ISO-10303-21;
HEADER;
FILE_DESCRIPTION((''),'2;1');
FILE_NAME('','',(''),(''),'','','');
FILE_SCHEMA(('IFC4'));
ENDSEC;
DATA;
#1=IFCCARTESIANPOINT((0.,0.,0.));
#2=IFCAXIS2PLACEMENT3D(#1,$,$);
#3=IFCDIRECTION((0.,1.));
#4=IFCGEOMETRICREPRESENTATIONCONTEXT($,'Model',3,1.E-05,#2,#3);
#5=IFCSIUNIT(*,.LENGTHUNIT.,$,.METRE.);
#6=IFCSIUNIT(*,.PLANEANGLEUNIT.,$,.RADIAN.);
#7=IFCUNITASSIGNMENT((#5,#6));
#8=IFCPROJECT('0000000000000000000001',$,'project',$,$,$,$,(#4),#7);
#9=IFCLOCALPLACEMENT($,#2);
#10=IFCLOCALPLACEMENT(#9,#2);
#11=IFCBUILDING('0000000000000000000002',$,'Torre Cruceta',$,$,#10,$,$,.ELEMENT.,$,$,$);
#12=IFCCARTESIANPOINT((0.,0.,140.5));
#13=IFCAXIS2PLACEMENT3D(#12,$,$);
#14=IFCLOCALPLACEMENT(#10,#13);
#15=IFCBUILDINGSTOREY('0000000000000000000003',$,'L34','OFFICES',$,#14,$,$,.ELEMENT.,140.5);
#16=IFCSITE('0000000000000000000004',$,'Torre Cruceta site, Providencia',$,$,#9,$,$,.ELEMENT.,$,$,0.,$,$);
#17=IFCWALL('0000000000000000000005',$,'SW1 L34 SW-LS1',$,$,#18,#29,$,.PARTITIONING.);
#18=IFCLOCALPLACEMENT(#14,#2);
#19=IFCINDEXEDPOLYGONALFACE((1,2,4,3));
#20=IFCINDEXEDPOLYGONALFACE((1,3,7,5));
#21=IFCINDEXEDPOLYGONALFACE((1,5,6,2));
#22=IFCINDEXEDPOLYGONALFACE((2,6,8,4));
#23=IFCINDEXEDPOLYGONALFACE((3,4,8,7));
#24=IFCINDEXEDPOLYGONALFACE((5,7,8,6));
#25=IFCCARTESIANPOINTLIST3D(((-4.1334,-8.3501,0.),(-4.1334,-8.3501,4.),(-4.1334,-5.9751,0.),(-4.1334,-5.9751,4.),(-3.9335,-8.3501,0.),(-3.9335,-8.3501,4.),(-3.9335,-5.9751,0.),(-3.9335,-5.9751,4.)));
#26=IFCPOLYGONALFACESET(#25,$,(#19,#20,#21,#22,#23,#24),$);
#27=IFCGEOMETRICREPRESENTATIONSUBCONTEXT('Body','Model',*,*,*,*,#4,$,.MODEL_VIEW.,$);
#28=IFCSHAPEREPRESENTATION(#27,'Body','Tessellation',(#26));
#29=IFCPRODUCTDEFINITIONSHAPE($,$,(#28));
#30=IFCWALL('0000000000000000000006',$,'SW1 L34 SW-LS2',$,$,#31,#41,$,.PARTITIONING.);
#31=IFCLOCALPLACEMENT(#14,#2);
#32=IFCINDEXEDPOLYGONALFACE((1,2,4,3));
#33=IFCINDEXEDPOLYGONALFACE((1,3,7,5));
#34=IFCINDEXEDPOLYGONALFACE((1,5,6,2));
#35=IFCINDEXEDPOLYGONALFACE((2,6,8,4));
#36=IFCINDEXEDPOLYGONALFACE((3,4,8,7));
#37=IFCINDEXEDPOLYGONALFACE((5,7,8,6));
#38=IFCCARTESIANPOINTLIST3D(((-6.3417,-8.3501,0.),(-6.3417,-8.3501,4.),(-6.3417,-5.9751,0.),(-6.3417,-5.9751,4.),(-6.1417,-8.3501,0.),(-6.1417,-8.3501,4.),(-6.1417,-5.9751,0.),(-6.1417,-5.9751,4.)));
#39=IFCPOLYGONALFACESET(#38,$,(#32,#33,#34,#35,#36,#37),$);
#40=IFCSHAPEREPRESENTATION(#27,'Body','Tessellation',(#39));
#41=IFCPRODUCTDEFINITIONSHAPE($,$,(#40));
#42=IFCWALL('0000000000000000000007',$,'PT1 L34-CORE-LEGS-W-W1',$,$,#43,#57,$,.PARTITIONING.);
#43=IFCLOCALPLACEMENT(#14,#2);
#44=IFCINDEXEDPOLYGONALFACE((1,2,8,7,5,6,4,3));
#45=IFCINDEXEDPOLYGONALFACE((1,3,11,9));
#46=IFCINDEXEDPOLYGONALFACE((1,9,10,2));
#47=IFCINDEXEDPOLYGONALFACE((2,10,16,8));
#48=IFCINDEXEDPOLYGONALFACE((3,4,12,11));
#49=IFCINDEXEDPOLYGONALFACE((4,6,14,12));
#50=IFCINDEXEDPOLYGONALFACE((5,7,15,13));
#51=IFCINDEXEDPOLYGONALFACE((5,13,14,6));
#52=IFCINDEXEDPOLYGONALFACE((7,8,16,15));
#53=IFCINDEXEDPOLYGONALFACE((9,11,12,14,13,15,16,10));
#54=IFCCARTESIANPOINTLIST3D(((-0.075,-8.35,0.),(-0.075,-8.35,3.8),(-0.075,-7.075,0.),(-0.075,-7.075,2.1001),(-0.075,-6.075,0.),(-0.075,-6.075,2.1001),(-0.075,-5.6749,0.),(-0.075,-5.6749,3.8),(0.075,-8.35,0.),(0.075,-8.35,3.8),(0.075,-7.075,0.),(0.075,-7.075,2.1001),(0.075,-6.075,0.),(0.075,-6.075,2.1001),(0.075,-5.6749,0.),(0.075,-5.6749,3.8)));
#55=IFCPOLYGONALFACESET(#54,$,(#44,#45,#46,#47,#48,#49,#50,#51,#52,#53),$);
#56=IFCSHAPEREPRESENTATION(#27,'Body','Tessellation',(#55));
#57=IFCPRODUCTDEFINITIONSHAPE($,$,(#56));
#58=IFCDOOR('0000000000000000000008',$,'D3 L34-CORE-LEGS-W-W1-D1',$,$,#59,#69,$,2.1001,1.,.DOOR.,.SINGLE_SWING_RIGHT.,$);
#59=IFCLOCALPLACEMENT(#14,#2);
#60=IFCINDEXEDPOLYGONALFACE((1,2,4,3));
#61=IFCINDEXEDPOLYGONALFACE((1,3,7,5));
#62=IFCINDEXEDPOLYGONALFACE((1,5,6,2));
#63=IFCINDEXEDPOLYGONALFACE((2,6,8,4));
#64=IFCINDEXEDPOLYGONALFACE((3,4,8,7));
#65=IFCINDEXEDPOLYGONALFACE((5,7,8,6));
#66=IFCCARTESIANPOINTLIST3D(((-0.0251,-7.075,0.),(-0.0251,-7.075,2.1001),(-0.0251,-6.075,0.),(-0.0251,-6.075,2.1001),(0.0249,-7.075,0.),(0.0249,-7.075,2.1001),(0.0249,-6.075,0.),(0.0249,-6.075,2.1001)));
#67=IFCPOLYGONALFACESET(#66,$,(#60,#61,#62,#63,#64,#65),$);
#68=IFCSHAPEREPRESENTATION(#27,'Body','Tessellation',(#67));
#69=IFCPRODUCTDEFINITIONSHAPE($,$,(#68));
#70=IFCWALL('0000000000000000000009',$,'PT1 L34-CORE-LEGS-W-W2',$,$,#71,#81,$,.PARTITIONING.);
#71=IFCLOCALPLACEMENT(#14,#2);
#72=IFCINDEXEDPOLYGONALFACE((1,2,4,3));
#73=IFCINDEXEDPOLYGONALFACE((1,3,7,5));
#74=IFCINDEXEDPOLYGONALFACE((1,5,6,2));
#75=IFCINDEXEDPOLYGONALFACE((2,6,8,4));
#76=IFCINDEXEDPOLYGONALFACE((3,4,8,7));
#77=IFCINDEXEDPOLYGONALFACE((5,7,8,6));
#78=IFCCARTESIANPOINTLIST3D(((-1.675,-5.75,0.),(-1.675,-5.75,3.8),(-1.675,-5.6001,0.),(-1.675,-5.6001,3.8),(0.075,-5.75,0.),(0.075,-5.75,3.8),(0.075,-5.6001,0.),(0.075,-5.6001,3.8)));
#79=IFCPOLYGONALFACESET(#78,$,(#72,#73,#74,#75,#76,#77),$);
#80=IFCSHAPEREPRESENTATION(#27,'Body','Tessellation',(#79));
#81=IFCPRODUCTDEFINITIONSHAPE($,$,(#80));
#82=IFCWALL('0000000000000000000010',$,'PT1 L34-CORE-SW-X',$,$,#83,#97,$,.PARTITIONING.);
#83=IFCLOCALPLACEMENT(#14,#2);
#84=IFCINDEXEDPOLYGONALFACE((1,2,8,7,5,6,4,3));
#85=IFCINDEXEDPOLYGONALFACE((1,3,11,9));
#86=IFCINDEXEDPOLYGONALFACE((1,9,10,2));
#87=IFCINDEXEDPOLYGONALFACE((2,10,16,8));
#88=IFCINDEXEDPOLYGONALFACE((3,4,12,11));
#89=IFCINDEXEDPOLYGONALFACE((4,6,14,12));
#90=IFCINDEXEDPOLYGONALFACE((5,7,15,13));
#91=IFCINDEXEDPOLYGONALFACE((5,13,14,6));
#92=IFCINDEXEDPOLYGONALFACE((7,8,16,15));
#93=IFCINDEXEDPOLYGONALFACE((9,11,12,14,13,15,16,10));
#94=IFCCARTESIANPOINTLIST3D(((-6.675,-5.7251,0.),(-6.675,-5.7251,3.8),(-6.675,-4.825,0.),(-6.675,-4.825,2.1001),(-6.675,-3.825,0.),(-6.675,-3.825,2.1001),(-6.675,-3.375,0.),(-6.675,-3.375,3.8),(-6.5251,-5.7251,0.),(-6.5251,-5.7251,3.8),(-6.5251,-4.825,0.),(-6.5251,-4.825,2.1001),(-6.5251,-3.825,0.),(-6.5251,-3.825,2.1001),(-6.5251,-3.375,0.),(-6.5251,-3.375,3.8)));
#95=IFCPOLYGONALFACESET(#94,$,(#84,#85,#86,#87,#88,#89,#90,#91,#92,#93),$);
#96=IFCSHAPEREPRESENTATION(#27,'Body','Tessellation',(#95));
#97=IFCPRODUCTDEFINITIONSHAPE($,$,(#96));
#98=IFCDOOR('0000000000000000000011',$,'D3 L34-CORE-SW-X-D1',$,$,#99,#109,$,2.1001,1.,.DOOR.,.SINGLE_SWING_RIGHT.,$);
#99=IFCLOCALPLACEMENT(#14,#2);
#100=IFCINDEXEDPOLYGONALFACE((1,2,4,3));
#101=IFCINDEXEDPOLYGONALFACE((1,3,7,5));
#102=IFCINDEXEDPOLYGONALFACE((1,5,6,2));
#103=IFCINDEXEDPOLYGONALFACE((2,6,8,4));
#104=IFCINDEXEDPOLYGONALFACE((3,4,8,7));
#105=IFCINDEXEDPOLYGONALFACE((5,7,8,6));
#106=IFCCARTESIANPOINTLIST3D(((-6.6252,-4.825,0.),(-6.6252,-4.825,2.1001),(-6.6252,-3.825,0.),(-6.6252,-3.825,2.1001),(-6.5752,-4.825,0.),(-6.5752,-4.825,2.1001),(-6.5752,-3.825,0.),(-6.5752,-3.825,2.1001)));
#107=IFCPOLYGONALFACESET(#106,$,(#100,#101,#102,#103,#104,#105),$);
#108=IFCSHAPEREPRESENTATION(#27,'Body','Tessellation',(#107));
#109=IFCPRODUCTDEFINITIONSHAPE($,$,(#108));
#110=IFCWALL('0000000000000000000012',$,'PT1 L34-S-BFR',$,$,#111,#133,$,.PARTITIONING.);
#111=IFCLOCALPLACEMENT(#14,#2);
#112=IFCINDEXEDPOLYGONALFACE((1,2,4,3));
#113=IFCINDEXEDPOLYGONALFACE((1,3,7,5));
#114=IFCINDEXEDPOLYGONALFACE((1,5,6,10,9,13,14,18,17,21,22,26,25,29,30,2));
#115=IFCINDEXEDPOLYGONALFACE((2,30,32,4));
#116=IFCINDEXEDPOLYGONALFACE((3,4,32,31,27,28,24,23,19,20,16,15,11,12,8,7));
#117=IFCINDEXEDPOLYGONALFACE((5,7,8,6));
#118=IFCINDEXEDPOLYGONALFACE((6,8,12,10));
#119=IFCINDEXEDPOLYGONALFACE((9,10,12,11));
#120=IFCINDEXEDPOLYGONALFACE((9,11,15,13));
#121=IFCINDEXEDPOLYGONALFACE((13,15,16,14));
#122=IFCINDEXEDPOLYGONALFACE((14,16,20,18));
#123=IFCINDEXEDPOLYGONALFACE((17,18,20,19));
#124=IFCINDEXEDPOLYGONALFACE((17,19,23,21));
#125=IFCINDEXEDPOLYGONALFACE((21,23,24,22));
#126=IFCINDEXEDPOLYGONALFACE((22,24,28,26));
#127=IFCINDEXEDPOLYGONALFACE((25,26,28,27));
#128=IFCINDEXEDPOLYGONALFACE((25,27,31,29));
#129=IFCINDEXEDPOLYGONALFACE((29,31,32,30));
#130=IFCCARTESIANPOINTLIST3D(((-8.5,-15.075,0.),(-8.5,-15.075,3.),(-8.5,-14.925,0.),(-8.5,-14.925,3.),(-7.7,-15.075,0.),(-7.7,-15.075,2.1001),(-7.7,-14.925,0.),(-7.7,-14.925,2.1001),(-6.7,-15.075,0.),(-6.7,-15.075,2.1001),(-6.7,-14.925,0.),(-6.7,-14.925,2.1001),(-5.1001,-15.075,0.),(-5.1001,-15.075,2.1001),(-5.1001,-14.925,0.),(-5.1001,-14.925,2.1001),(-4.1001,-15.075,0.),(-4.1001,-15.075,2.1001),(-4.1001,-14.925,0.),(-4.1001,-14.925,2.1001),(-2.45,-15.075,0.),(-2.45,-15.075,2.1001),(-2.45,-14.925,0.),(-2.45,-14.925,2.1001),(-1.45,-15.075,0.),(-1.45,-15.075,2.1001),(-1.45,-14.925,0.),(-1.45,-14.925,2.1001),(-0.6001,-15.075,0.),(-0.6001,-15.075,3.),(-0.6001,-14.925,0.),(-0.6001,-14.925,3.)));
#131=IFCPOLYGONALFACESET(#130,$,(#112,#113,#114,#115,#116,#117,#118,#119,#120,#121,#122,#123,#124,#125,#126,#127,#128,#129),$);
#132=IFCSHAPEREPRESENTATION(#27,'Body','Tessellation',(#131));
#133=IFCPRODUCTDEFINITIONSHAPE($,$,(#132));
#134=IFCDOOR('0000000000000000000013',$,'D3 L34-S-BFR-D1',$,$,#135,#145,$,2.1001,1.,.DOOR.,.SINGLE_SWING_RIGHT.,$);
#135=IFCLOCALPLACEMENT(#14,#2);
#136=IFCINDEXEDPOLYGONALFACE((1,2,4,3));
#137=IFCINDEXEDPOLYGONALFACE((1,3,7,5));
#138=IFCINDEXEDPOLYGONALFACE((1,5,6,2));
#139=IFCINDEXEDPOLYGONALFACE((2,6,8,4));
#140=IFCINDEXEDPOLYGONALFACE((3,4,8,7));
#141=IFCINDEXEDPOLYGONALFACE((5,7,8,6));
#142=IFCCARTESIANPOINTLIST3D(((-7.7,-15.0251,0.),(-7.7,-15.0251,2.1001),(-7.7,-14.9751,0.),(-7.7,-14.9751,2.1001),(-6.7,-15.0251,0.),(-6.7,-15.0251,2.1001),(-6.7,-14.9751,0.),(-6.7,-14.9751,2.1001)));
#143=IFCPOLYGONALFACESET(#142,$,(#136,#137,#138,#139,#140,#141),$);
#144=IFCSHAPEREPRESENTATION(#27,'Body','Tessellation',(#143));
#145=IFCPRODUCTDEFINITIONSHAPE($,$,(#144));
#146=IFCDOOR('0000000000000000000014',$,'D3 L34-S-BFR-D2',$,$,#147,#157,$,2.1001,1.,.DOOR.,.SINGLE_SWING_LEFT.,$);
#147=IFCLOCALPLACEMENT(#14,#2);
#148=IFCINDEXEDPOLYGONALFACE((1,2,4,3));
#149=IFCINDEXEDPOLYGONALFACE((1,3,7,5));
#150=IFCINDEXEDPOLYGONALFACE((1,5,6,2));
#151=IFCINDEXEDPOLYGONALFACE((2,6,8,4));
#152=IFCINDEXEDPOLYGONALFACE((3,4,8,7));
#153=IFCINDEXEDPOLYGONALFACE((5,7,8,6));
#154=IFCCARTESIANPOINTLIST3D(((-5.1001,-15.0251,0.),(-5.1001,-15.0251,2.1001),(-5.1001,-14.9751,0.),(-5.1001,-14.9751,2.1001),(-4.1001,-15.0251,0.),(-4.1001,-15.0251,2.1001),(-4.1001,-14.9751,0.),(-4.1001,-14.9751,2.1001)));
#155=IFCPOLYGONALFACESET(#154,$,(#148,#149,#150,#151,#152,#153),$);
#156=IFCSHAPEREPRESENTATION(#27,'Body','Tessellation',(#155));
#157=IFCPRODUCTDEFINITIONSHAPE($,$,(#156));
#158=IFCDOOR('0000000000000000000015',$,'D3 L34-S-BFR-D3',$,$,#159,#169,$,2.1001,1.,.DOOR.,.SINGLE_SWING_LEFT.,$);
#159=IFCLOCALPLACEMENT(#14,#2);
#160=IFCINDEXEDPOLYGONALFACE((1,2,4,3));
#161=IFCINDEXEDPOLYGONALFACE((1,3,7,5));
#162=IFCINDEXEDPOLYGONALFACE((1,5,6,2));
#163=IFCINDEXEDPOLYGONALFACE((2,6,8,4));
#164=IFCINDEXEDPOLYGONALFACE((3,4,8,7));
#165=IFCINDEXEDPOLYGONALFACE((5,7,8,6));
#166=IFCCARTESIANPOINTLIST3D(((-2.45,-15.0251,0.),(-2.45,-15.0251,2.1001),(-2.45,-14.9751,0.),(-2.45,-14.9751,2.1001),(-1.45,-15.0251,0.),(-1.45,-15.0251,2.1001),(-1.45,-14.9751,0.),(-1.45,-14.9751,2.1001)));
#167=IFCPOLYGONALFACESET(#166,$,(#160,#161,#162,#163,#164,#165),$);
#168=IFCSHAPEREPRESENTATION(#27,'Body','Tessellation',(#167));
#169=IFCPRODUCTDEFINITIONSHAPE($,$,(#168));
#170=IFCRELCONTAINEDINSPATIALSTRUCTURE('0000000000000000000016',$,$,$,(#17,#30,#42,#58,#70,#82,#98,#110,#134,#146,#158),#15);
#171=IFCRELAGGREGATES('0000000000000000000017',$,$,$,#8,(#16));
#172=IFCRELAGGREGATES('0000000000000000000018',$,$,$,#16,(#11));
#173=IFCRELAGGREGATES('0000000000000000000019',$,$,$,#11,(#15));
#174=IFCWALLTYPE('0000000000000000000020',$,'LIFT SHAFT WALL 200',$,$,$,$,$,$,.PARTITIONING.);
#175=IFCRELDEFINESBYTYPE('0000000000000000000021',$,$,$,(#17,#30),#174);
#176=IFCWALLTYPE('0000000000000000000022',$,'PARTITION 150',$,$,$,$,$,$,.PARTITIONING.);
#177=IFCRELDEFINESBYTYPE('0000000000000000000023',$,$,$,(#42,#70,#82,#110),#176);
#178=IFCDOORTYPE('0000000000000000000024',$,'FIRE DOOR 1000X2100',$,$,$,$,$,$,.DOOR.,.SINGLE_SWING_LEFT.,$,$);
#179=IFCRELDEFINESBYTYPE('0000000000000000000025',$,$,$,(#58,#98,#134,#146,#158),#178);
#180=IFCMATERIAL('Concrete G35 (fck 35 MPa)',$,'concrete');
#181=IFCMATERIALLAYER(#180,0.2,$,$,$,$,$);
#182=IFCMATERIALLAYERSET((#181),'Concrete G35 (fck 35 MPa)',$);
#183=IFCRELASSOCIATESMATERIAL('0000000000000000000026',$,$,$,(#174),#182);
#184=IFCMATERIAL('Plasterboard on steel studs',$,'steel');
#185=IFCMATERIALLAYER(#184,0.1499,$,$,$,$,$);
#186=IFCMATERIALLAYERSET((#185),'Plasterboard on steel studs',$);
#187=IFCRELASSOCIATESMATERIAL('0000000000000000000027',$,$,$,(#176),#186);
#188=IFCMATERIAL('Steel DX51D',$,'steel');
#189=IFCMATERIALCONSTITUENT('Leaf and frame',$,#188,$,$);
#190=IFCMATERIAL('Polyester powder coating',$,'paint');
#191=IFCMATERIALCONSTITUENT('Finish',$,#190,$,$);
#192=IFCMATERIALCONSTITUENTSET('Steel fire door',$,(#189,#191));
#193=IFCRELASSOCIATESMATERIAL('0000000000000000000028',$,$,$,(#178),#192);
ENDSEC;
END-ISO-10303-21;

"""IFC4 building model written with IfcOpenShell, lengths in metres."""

from ifc_helpers import new_model, si_unit, direction, frame, frame_2d, origin, place, context, subcontext, project, spatial, rectangle, extrude, material, layer, layer_set, constituent, constituent_set, type_object, element, fill, save


model = new_model("IFC4")

# Units and contexts
model_context = context("Model", 3, precision=1e-05, world=origin(), true_north=direction((0.0, 1.0)))
body_context = subcontext(model_context, "Body", "Model", "MODEL_VIEW")
ifc_project = project(units=[si_unit("LENGTHUNIT", "METRE"), si_unit("PLANEANGLEUNIT", "RADIAN")], contexts=[model_context])

# Site, building, storey
site_placement = place(None, origin())
site = spatial("IfcSite", under=ifc_project, at=site_placement, Name="Torre Cruceta site, Providencia", CompositionType="ELEMENT", RefElevation=0.0)
building_placement = place(site_placement, origin())
building = spatial("IfcBuilding", under=site, at=building_placement, Name="Torre Cruceta", CompositionType="ELEMENT")
storey_placement = place(building_placement, frame((0.0, 0.0, 140.5)))
storey = spatial("IfcBuildingStorey", under=building, at=storey_placement, Name="L34", Description="OFFICES", CompositionType="ELEMENT", Elevation=140.5)

# Walls
ifc_material_1 = material(Name="Concrete G35 (fck 35 MPa)", Category="concrete")
ifc_layer_1 = layer(ifc_material_1, 0.2)
ifc_layer_set_1 = layer_set([ifc_layer_1], Name="Concrete G35 (fck 35 MPa)")
wall_type_1 = type_object("IfcWallType", Name="LIFT SHAFT WALL 200", PredefinedType="PARTITIONING", material=ifc_layer_set_1)
for number, where, z_axis, x_axis, name in (
    (1, (-4.0334, -5.9751, 0.0), (0.0, 0.0, 1.0), (0.0, -1.0, 0.0), "SW1 L34 SW-LS1"),
    (2, (-6.2417, -5.9751, 0.0), (0.0, 0.0, 1.0), (0.0, -1.0, 0.0), "SW1 L34 SW-LS2"),
):
    element("IfcWall", number, at=place(storey_placement, frame(where, z_axis=z_axis, x_axis=x_axis)), inside=storey, type_object=wall_type_1, Name=name, PredefinedType="PARTITIONING", context=body_context, shape_type="SweptSolid", body=[
        extrude(rectangle(XDim=2.375, YDim=0.2, at=frame_2d((1.1875, 0.0))), origin(), (0.0, 0.0, 1.0), 4.0),
    ])

# Wall, opening, door
ifc_material_2 = material(Name="Plasterboard on steel studs", Category="steel")
ifc_layer_2 = layer(ifc_material_2, 0.1499)
ifc_layer_set_2 = layer_set([ifc_layer_2], Name="Plasterboard on steel studs")
wall_type_2 = type_object("IfcWallType", Name="PARTITION 150", PredefinedType="PARTITIONING", material=ifc_layer_set_2)
wall_1_placement = place(storey_placement, frame((0.0, -5.675, 0.0), z_axis=(0.0, 0.0, 1.0), x_axis=(0.0, -1.0, 0.0)))
wall_1 = element("IfcWall", 3, at=wall_1_placement, inside=storey, type_object=wall_type_2, Name="PT1 L34-CORE-LEGS-W-W1", PredefinedType="PARTITIONING", context=body_context, shape_type="SweptSolid", body=[
    extrude(rectangle(XDim=2.675, YDim=0.1499, at=frame_2d((1.3374, 0.0))), origin(), (0.0, 0.0, 1.0), 3.8),
])
opening_1_placement = place(wall_1_placement, frame((0.3999, 0.0, 0.0)))
opening_1 = element("IfcOpeningElement", 4, at=opening_1_placement, cuts=wall_1, PredefinedType="OPENING", context=body_context, shape_type="SweptSolid", body=[
    extrude(rectangle(XDim=1.0, YDim=2.1001, at=frame_2d((0.5, 1.05))), frame((0.0, 0.085, 0.0), z_axis=(0.0, -1.0, 0.0), x_axis=(1.0, 0.0, 0.0)), (0.0, 0.0, 1.0), 0.1699),
])
ifc_material_3 = material(Name="Steel DX51D", Category="steel")
ifc_constituent_1 = constituent(ifc_material_3, Name="Leaf and frame")
ifc_material_4 = material(Name="Polyester powder coating", Category="paint")
ifc_constituent_2 = constituent(ifc_material_4, Name="Finish")
ifc_constituent_set_1 = constituent_set(constituents=[ifc_constituent_1, ifc_constituent_2], Name="Steel fire door")
door_type_1 = type_object("IfcDoorType", Name="FIRE DOOR 1000X2100", OperationType="SINGLE_SWING_LEFT", PredefinedType="DOOR", material=ifc_constituent_set_1)
door_1_placement = place(opening_1_placement, frame((1.0, 0.0, 0.0), z_axis=(0.0, 0.0, 1.0), x_axis=(-1.0, 0.0, 0.0)))
door_1 = element("IfcDoor", 5, at=door_1_placement, inside=storey, type_object=door_type_1, Name="D3 L34-CORE-LEGS-W-W1-D1", OperationType="SINGLE_SWING_RIGHT", OverallHeight=2.1001, OverallWidth=1.0, PredefinedType="DOOR", context=body_context, shape_type="SweptSolid", body=[
    extrude(rectangle(XDim=1.0, YDim=2.1001, at=frame_2d((0.5, 1.05))), frame((0.0, 0.0251, 0.0), z_axis=(0.0, -1.0, 0.0), x_axis=(1.0, 0.0, 0.0)), (0.0, 0.0, 1.0), 0.05),
])
fill(opening_1, door_1)

# Wall
wall_2_placement = place(storey_placement, frame((-1.675, -5.675, 0.0), z_axis=(0.0, 0.0, 1.0), x_axis=(1.0, 0.0, 0.0)))
element("IfcWall", 6, at=wall_2_placement, inside=storey, type_object=wall_type_2, Name="PT1 L34-CORE-LEGS-W-W2", PredefinedType="PARTITIONING", context=body_context, shape_type="SweptSolid", body=[
    extrude(rectangle(XDim=1.75, YDim=0.1499, at=frame_2d((0.875, 0.0))), origin(), (0.0, 0.0, 1.0), 3.8),
])

# Wall, opening, door
wall_3_placement = place(storey_placement, frame((-6.6001, -3.375, 0.0), z_axis=(0.0, 0.0, 1.0), x_axis=(0.0, -1.0, 0.0)))
wall_3 = element("IfcWall", 7, at=wall_3_placement, inside=storey, type_object=wall_type_2, Name="PT1 L34-CORE-SW-X", PredefinedType="PARTITIONING", context=body_context, shape_type="SweptSolid", body=[
    extrude(rectangle(XDim=2.3501, YDim=0.1499, at=frame_2d((1.175, 0.0))), origin(), (0.0, 0.0, 1.0), 3.8),
])
opening_2_placement = place(wall_3_placement, frame((0.45, 0.0, 0.0)))
opening_2 = element("IfcOpeningElement", 8, at=opening_2_placement, cuts=wall_3, PredefinedType="OPENING", context=body_context, shape_type="SweptSolid", body=[
    extrude(rectangle(XDim=1.0, YDim=2.1001, at=frame_2d((0.5, 1.05))), frame((0.0, 0.085, 0.0), z_axis=(0.0, -1.0, 0.0), x_axis=(1.0, 0.0, 0.0)), (0.0, 0.0, 1.0), 0.1699),
])
door_2_placement = place(opening_2_placement, frame((1.0, 0.0, 0.0), z_axis=(0.0, 0.0, 1.0), x_axis=(-1.0, 0.0, 0.0)))
door_2 = element("IfcDoor", 9, at=door_2_placement, inside=storey, type_object=door_type_1, Name="D3 L34-CORE-SW-X-D1", OperationType="SINGLE_SWING_RIGHT", OverallHeight=2.1001, OverallWidth=1.0, PredefinedType="DOOR", context=body_context, shape_type="SweptSolid", body=[
    extrude(rectangle(XDim=1.0, YDim=2.1001, at=frame_2d((0.5, 1.05))), frame((0.0, 0.0251, 0.0), z_axis=(0.0, -1.0, 0.0), x_axis=(1.0, 0.0, 0.0)), (0.0, 0.0, 1.0), 0.05),
])
fill(opening_2, door_2)

# Wall, openings, doors
wall_4_placement = place(storey_placement, frame((-8.5, -15.0, 0.0), z_axis=(0.0, 0.0, 1.0), x_axis=(1.0, 0.0, 0.0)))
wall_4 = element("IfcWall", 10, at=wall_4_placement, inside=storey, type_object=wall_type_2, Name="PT1 L34-S-BFR", PredefinedType="PARTITIONING", context=body_context, shape_type="SweptSolid", body=[
    extrude(rectangle(XDim=7.8999, YDim=0.1499, at=frame_2d((3.95, 0.0))), origin(), (0.0, 0.0, 1.0), 3.0),
])
opening_3_placement = place(wall_4_placement, frame((0.8, 0.0, 0.0)))
opening_3 = element("IfcOpeningElement", 11, at=opening_3_placement, cuts=wall_4, PredefinedType="OPENING", context=body_context, shape_type="SweptSolid", body=[
    extrude(rectangle(XDim=1.0, YDim=2.1001, at=frame_2d((0.5, 1.05))), frame((0.0, 0.085, 0.0), z_axis=(0.0, -1.0, 0.0), x_axis=(1.0, 0.0, 0.0)), (0.0, 0.0, 1.0), 0.1699),
])
opening_4_placement = place(wall_4_placement, frame((3.3999, 0.0, 0.0)))
opening_4 = element("IfcOpeningElement", 12, at=opening_4_placement, cuts=wall_4, PredefinedType="OPENING", context=body_context, shape_type="SweptSolid", body=[
    extrude(rectangle(XDim=1.0, YDim=2.1001, at=frame_2d((0.5, 1.05))), frame((0.0, 0.085, 0.0), z_axis=(0.0, -1.0, 0.0), x_axis=(1.0, 0.0, 0.0)), (0.0, 0.0, 1.0), 0.1699),
])
opening_5_placement = place(wall_4_placement, frame((6.05, 0.0, 0.0)))
opening_5 = element("IfcOpeningElement", 13, at=opening_5_placement, cuts=wall_4, PredefinedType="OPENING", context=body_context, shape_type="SweptSolid", body=[
    extrude(rectangle(XDim=1.0, YDim=2.1001, at=frame_2d((0.5, 1.05))), frame((0.0, 0.085, 0.0), z_axis=(0.0, -1.0, 0.0), x_axis=(1.0, 0.0, 0.0)), (0.0, 0.0, 1.0), 0.1699),
])
door_3_placement = place(opening_3_placement, origin())
door_3 = element("IfcDoor", 14, at=door_3_placement, inside=storey, type_object=door_type_1, Name="D3 L34-S-BFR-D1", OperationType="SINGLE_SWING_RIGHT", OverallHeight=2.1001, OverallWidth=1.0, PredefinedType="DOOR", context=body_context, shape_type="SweptSolid", body=[
    extrude(rectangle(XDim=1.0, YDim=2.1001, at=frame_2d((0.5, 1.05))), frame((0.0, 0.0249, 0.0), z_axis=(0.0, -1.0, 0.0), x_axis=(1.0, 0.0, 0.0)), (0.0, 0.0, 1.0), 0.05),
])
fill(opening_3, door_3)
door_4_placement = place(opening_4_placement, origin())
door_4 = element("IfcDoor", 15, at=door_4_placement, inside=storey, type_object=door_type_1, Name="D3 L34-S-BFR-D2", OperationType="SINGLE_SWING_LEFT", OverallHeight=2.1001, OverallWidth=1.0, PredefinedType="DOOR", context=body_context, shape_type="SweptSolid", body=[
    extrude(rectangle(XDim=1.0, YDim=2.1001, at=frame_2d((0.5, 1.05))), frame((0.0, 0.0249, 0.0), z_axis=(0.0, -1.0, 0.0), x_axis=(1.0, 0.0, 0.0)), (0.0, 0.0, 1.0), 0.05),
])
fill(opening_4, door_4)
door_5_placement = place(opening_5_placement, origin())
door_5 = element("IfcDoor", 16, at=door_5_placement, inside=storey, type_object=door_type_1, Name="D3 L34-S-BFR-D3", OperationType="SINGLE_SWING_LEFT", OverallHeight=2.1001, OverallWidth=1.0, PredefinedType="DOOR", context=body_context, shape_type="SweptSolid", body=[
    extrude(rectangle(XDim=1.0, YDim=2.1001, at=frame_2d((0.5, 1.05))), frame((0.0, 0.0249, 0.0), z_axis=(0.0, -1.0, 0.0), x_axis=(1.0, 0.0, 0.0)), (0.0, 0.0, 1.0), 0.05),
])
fill(opening_5, door_5)

save(model, "model.ifc")
